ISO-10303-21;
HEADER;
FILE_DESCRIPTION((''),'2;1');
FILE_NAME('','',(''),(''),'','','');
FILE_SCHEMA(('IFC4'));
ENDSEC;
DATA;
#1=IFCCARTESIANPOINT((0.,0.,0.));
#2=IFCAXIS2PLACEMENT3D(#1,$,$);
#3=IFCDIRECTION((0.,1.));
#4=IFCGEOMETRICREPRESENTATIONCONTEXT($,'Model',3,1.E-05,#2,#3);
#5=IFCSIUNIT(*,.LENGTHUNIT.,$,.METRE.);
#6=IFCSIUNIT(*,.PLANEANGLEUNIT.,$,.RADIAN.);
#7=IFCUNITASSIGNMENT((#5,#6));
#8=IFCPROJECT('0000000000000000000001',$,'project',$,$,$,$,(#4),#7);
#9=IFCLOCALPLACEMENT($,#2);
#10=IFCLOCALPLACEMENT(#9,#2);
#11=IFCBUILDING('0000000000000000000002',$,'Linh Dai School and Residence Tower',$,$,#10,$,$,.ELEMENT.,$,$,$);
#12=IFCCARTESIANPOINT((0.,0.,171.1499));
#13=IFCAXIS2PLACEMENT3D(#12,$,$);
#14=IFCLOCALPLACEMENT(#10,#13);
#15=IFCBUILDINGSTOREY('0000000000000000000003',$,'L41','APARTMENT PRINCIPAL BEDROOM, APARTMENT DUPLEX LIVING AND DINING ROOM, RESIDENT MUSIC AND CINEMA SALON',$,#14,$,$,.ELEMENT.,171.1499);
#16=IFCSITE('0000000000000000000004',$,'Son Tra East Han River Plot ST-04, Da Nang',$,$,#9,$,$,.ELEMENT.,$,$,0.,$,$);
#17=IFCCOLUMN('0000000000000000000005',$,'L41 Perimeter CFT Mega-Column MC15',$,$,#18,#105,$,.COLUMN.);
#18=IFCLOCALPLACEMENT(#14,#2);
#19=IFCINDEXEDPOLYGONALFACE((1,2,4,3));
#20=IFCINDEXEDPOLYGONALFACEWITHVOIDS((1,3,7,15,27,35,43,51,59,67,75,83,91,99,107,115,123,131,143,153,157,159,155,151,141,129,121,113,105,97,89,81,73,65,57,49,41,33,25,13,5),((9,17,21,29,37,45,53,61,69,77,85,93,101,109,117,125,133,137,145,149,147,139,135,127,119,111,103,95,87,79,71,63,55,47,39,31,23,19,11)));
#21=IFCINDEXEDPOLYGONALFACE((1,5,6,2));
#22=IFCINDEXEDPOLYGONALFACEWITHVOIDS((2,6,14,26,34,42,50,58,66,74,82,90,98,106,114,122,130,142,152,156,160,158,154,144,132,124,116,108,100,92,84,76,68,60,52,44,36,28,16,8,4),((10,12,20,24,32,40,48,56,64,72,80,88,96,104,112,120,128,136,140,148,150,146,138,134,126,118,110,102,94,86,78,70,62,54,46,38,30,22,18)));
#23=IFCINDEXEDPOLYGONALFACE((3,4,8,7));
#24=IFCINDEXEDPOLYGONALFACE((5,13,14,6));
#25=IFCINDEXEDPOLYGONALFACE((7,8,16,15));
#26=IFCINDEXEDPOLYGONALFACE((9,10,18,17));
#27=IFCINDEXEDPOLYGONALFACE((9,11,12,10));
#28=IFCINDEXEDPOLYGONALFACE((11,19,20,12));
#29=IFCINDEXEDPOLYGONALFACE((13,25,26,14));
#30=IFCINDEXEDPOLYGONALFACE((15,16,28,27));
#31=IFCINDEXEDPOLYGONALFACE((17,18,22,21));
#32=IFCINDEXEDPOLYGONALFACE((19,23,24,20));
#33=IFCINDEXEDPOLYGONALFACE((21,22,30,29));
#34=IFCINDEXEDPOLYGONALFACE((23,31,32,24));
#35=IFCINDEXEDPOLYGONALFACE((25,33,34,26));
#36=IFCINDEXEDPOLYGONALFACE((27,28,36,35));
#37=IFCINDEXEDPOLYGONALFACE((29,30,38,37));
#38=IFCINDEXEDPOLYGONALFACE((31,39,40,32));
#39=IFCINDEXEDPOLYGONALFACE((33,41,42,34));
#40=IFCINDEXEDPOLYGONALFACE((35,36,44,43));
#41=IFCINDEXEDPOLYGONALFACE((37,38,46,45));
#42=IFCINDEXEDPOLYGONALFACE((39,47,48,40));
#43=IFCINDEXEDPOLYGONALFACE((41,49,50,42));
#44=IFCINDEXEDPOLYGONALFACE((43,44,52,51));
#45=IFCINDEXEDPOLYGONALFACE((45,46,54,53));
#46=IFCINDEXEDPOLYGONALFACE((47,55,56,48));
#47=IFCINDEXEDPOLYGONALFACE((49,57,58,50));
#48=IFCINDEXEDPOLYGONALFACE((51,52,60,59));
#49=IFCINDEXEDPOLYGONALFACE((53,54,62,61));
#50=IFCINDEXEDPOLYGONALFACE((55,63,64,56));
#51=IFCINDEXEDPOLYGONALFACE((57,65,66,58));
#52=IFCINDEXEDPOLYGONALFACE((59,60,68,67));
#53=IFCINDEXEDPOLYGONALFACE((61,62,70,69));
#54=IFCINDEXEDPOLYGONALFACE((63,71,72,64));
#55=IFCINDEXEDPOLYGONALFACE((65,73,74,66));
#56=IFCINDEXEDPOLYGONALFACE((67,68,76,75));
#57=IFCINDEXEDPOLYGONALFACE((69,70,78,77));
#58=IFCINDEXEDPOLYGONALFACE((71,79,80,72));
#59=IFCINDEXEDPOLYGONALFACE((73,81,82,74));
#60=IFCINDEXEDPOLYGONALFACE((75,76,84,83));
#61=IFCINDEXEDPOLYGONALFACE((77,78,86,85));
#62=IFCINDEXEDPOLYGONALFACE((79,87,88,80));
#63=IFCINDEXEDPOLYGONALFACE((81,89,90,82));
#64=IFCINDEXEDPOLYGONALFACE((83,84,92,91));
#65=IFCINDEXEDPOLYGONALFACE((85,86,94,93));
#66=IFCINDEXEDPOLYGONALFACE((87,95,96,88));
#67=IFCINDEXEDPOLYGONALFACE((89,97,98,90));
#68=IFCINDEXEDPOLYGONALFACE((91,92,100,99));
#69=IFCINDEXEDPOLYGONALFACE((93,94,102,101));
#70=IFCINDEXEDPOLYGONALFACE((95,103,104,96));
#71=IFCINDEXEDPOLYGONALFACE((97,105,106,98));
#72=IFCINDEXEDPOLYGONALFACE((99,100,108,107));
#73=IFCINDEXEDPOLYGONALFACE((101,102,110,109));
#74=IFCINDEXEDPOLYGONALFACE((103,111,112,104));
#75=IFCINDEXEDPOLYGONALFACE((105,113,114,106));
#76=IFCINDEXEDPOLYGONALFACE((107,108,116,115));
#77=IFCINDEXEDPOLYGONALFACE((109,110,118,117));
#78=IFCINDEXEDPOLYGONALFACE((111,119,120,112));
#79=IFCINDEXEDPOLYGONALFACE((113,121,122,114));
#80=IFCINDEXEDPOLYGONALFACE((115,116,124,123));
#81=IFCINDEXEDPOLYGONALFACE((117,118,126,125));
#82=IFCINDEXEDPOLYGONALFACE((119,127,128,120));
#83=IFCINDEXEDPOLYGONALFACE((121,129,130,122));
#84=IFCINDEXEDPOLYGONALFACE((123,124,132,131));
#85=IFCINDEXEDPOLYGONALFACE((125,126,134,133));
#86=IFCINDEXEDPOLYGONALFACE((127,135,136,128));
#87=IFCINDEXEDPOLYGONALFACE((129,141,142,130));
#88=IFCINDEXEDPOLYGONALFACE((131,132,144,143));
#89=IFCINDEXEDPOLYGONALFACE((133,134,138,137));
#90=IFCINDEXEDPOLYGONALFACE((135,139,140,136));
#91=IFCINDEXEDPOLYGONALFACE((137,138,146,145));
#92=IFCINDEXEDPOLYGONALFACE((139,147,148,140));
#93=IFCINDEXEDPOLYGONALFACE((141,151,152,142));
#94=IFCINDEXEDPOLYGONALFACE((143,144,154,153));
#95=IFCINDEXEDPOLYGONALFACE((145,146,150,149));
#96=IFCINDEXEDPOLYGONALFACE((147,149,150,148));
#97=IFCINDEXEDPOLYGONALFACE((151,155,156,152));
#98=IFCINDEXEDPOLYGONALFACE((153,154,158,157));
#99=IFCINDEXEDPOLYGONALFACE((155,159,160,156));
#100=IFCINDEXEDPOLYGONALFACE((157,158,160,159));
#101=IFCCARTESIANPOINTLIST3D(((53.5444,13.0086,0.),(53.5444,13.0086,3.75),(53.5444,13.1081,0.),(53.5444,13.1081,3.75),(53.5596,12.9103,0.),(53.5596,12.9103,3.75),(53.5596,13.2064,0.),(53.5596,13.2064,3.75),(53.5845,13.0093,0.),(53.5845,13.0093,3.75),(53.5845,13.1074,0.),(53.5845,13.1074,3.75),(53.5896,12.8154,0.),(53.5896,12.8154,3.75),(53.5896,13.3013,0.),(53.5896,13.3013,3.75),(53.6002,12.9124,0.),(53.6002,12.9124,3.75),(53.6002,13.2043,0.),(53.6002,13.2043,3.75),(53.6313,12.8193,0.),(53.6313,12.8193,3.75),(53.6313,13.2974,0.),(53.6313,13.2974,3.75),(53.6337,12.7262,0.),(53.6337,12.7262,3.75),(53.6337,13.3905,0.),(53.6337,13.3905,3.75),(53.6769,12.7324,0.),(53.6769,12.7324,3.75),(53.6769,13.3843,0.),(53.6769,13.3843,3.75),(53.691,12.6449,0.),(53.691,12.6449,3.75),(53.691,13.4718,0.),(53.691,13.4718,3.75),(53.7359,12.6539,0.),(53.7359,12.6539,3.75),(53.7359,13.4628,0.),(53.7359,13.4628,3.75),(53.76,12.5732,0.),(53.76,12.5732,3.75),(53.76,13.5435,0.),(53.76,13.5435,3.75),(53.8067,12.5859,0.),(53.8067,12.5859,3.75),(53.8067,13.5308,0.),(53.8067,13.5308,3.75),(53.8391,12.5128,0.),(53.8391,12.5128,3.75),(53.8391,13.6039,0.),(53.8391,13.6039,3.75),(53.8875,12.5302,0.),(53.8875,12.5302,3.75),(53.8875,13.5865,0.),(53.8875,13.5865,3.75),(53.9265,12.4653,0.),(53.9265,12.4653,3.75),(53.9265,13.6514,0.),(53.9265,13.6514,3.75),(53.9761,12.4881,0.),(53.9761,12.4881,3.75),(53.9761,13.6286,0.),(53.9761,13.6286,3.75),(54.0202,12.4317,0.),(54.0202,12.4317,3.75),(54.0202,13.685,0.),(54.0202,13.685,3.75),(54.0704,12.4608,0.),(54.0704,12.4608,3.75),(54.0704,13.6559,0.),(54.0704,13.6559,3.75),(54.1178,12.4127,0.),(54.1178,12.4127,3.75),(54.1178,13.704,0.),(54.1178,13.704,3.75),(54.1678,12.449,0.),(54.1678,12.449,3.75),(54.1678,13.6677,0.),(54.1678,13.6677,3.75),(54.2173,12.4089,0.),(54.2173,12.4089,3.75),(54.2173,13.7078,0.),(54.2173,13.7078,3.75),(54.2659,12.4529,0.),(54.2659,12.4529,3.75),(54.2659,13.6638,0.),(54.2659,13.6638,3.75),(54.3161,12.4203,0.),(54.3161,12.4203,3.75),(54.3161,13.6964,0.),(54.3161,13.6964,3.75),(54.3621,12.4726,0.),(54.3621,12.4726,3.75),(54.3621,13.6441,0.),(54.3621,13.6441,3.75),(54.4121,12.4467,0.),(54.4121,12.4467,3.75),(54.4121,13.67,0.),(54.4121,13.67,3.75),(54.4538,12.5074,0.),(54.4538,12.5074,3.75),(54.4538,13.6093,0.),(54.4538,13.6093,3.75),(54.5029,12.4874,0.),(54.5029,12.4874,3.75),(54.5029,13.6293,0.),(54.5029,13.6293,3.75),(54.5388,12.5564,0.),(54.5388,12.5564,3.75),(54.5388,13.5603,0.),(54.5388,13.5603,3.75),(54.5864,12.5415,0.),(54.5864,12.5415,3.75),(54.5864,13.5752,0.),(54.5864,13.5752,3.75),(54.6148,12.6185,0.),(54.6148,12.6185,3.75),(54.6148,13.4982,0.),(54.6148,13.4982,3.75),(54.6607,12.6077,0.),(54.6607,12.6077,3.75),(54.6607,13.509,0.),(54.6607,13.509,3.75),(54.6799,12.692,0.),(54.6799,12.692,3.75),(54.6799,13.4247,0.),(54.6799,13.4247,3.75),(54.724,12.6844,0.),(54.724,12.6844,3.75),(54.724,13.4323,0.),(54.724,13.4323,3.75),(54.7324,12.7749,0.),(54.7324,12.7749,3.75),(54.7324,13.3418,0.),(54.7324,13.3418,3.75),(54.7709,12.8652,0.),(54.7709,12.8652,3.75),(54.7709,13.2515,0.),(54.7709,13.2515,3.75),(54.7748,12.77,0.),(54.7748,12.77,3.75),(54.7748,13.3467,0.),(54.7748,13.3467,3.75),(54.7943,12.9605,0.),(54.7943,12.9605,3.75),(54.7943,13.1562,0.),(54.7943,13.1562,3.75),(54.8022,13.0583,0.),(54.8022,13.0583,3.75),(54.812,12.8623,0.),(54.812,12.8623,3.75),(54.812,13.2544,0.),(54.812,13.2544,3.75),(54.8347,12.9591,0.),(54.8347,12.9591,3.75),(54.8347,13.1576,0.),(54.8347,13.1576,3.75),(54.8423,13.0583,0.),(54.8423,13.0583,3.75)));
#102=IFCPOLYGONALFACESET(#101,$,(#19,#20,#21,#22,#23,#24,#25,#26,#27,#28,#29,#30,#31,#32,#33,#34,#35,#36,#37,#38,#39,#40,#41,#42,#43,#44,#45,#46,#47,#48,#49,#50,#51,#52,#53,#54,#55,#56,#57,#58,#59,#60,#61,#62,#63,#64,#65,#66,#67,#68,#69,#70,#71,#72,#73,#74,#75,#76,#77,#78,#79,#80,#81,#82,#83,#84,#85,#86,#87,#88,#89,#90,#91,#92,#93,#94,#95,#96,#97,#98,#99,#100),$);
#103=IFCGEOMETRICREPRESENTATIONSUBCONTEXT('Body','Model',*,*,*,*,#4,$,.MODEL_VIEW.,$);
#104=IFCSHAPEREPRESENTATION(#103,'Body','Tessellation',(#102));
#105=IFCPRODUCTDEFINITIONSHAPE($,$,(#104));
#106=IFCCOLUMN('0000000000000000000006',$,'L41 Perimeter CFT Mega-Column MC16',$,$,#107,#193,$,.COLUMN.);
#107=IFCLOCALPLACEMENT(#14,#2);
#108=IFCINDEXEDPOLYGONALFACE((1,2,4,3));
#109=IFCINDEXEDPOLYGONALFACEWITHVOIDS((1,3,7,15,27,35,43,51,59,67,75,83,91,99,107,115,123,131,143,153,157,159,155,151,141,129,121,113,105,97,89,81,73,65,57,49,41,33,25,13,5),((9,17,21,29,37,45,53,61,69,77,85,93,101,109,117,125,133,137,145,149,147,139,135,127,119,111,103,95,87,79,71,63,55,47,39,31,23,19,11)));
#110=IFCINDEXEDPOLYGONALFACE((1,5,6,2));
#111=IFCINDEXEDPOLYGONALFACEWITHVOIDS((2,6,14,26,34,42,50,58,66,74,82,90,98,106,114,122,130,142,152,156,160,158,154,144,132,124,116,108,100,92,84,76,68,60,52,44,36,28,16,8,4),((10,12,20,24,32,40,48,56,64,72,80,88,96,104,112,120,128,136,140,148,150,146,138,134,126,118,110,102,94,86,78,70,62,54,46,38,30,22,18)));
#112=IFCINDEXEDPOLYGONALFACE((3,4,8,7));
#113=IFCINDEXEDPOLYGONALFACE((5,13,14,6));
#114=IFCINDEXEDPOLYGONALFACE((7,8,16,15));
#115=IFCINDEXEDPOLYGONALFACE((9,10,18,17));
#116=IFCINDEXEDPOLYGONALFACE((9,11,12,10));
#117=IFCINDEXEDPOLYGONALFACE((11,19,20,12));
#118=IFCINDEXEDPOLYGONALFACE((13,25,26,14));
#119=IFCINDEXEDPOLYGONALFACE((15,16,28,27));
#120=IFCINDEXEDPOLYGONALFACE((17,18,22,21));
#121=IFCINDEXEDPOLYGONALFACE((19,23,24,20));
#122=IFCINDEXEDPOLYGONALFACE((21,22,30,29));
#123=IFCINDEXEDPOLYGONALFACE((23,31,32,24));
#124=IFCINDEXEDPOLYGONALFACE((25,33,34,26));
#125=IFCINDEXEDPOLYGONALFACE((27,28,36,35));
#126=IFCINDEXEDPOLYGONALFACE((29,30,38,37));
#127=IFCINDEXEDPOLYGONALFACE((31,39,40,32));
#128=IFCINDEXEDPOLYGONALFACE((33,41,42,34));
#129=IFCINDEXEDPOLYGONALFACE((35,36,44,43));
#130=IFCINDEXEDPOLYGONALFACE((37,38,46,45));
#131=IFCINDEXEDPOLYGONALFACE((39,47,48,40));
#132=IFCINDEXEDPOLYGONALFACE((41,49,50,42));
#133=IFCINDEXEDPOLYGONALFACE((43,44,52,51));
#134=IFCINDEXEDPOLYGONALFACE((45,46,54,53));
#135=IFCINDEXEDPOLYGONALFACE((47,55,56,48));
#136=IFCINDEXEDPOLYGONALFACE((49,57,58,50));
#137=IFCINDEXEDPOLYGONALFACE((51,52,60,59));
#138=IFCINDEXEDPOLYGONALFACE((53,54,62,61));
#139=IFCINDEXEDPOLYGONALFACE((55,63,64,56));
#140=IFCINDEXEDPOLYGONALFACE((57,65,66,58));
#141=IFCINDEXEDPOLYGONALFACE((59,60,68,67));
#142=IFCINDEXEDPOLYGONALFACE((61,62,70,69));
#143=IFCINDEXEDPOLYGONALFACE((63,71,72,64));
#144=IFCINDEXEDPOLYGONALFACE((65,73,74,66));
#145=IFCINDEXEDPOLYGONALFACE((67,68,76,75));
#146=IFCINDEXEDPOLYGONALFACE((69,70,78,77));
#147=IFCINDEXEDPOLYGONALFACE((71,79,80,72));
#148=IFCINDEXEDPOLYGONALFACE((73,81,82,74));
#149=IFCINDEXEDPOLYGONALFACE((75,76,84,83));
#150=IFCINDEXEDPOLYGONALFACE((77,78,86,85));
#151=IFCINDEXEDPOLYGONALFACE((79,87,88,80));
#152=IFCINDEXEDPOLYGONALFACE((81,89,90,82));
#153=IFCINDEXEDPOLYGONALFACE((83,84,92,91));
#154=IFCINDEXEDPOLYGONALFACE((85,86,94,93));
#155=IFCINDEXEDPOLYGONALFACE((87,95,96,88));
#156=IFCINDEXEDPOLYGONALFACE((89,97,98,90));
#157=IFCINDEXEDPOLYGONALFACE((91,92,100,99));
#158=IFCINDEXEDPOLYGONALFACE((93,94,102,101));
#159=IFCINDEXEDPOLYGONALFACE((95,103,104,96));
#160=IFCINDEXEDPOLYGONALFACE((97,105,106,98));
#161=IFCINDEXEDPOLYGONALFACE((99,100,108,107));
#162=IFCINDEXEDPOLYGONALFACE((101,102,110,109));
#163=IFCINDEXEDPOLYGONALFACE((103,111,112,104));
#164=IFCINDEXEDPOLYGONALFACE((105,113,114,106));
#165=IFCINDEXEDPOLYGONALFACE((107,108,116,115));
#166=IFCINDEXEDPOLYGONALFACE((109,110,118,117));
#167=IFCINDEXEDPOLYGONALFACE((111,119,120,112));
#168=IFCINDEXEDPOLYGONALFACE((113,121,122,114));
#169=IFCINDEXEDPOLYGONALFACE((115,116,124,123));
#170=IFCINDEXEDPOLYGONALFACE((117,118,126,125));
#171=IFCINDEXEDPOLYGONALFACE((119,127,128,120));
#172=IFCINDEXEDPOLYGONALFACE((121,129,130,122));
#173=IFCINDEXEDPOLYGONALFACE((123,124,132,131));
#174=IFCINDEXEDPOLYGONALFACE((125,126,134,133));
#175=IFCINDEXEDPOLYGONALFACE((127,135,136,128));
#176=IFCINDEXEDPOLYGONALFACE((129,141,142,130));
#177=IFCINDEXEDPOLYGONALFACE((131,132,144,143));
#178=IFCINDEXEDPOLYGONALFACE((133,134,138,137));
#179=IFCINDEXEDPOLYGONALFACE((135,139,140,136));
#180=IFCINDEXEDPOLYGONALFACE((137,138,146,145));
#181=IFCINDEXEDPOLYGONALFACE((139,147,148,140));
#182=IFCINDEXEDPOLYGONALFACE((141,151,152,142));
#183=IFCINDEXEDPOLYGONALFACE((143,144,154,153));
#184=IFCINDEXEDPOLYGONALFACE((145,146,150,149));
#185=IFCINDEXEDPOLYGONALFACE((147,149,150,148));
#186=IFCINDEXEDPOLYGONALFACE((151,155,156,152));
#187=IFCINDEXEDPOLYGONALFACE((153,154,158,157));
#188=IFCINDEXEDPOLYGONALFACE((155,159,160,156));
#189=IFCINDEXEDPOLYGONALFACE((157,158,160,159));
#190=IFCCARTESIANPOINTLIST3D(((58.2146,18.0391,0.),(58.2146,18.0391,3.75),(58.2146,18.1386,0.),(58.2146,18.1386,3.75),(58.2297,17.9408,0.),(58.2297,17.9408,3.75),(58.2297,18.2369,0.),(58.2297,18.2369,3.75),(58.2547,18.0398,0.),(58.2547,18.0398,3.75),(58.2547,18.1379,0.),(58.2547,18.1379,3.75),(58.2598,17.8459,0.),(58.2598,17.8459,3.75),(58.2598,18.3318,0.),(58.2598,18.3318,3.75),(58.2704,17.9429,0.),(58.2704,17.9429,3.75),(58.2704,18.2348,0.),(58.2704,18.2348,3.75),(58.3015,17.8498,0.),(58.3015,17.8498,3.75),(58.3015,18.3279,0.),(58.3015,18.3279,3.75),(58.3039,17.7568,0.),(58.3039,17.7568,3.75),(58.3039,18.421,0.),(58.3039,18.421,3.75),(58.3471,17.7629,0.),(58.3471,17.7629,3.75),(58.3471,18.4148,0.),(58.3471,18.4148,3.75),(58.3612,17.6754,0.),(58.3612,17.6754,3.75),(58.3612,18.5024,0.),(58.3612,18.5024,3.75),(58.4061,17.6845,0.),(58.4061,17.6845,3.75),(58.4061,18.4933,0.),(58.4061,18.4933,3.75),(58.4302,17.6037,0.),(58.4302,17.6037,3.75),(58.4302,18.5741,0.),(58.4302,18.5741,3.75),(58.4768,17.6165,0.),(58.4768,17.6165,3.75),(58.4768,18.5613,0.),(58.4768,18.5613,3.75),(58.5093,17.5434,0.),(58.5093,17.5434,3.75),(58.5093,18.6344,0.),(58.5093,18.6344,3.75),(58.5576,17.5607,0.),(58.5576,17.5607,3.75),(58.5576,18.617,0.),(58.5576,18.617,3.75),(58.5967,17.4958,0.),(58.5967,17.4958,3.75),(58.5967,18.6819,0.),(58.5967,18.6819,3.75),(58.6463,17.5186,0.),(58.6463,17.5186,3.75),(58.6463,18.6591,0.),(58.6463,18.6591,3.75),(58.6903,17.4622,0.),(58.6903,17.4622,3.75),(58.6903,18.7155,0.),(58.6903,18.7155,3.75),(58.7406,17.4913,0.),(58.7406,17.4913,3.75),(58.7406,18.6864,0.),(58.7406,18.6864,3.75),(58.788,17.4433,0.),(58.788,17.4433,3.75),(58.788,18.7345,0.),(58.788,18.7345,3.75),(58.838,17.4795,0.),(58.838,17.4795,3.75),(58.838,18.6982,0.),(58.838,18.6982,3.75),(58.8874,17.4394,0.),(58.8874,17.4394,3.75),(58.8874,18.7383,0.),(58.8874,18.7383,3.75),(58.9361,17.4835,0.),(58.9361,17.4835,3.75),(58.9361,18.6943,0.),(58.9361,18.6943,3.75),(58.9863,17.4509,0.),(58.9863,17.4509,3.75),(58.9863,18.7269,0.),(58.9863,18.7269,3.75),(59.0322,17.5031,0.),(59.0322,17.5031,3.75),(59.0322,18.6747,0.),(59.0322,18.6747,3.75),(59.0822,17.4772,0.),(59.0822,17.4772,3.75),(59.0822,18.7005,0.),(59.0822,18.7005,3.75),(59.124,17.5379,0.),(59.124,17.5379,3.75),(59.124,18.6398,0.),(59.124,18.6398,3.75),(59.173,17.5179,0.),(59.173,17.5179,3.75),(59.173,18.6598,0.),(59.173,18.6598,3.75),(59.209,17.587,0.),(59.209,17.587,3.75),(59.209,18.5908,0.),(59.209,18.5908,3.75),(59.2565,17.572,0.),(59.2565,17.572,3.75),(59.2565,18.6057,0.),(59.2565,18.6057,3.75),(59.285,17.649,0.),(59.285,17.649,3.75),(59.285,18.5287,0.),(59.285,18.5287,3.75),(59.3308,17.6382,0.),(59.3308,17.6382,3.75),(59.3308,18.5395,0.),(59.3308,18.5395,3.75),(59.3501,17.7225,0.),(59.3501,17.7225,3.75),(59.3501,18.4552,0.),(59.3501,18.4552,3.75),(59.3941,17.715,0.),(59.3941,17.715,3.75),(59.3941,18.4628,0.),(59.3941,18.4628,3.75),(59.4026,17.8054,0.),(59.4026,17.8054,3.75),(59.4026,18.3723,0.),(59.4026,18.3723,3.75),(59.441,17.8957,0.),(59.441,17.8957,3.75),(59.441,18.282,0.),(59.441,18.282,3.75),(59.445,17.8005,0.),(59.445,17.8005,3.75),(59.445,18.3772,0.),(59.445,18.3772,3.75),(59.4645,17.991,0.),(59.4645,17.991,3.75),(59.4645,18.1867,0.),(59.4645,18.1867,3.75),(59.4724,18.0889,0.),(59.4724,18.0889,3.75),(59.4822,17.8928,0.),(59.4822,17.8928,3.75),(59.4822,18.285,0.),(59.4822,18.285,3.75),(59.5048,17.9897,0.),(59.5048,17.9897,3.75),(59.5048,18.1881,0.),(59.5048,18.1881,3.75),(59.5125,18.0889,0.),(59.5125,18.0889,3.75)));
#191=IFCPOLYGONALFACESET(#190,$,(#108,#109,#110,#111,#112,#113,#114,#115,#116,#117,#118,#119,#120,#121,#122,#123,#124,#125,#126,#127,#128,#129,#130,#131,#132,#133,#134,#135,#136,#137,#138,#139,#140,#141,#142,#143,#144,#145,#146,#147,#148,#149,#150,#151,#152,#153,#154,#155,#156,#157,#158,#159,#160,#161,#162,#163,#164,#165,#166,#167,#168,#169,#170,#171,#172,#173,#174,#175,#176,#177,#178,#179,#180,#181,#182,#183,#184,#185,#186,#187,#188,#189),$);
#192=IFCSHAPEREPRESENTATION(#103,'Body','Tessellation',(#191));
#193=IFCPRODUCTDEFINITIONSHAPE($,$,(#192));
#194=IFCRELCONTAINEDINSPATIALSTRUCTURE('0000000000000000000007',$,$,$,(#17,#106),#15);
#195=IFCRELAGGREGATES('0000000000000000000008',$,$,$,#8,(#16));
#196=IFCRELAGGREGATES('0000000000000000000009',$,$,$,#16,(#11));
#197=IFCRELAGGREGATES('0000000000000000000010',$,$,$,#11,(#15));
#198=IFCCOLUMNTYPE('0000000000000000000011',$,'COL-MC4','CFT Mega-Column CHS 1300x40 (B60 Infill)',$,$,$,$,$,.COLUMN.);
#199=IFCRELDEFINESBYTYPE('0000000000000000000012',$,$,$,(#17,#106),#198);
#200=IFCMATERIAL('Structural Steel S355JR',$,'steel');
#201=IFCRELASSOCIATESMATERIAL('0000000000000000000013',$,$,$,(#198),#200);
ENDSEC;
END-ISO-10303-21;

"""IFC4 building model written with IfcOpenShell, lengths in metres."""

from ifc_helpers import new_model, si_unit, direction, frame, origin, origin_2d, place, context, subcontext, project, spatial, hollow_circle, extrude, material, material_profile, profile_set, type_object, element, save


model = new_model("IFC4")

# Units and contexts
model_context = context("Model", 3, precision=1e-05, world=origin(), true_north=direction((0.0, 1.0)))
body_context = subcontext(model_context, "Body", "Model", "MODEL_VIEW")
ifc_project = project(units=[si_unit("LENGTHUNIT", "METRE"), si_unit("PLANEANGLEUNIT", "RADIAN")], contexts=[model_context])

# Site, building, storey
site_placement = place(None, origin())
site = spatial("IfcSite", under=ifc_project, at=site_placement, Name="Son Tra East Han River Plot ST-04, Da Nang", CompositionType="ELEMENT", RefElevation=0.0)
building_placement = place(site_placement, origin())
building = spatial("IfcBuilding", under=site, at=building_placement, Name="Linh Dai School and Residence Tower", CompositionType="ELEMENT")
storey_placement = place(building_placement, frame((0.0, 0.0, 171.1499)))
storey = spatial("IfcBuildingStorey", under=building, at=storey_placement, Name="L41", Description="APARTMENT PRINCIPAL BEDROOM, APARTMENT DUPLEX LIVING AND DINING ROOM, RESIDENT MUSIC AND CINEMA SALON", CompositionType="ELEMENT", Elevation=171.1499)

# Columns
ifc_material_1 = material(Name="Structural Steel S355JR", Category="steel")
ifc_material_profile_1 = material_profile(ifc_material_1, hollow_circle(Radius=0.6499, WallThickness=0.04, at=origin_2d()), Name="CHS 1300x40")
ifc_profile_set_1 = profile_set([ifc_material_profile_1], Name="Structural Steel S355JR")
column_type = type_object("IfcColumnType", Name="COL-MC4", Description="CFT Mega-Column CHS 1300x40 (B60 Infill)", PredefinedType="COLUMN", material=ifc_profile_set_1)
for number, where, z_axis, x_axis, name in (
    (1, (54.1924, 13.0583, 0.0), (0.0, 0.0, 1.0), (1.0, 0.0, 0.0), "L41 Perimeter CFT Mega-Column MC15"),
    (2, (58.8625, 18.0889, 0.0), (0.0, 0.0, 1.0), (1.0, 0.0, 0.0), "L41 Perimeter CFT Mega-Column MC16"),
):
    element("IfcColumn", number, at=place(storey_placement, frame(where, z_axis=z_axis, x_axis=x_axis)), inside=storey, type_object=column_type, Name=name, PredefinedType="COLUMN", context=body_context, shape_type="SweptSolid", body=[
        extrude(hollow_circle(Radius=0.6499, WallThickness=0.04, at=origin_2d()), origin(), (0.0, 0.0, 1.0), 3.75),
    ])

save(model, "model.ifc")
